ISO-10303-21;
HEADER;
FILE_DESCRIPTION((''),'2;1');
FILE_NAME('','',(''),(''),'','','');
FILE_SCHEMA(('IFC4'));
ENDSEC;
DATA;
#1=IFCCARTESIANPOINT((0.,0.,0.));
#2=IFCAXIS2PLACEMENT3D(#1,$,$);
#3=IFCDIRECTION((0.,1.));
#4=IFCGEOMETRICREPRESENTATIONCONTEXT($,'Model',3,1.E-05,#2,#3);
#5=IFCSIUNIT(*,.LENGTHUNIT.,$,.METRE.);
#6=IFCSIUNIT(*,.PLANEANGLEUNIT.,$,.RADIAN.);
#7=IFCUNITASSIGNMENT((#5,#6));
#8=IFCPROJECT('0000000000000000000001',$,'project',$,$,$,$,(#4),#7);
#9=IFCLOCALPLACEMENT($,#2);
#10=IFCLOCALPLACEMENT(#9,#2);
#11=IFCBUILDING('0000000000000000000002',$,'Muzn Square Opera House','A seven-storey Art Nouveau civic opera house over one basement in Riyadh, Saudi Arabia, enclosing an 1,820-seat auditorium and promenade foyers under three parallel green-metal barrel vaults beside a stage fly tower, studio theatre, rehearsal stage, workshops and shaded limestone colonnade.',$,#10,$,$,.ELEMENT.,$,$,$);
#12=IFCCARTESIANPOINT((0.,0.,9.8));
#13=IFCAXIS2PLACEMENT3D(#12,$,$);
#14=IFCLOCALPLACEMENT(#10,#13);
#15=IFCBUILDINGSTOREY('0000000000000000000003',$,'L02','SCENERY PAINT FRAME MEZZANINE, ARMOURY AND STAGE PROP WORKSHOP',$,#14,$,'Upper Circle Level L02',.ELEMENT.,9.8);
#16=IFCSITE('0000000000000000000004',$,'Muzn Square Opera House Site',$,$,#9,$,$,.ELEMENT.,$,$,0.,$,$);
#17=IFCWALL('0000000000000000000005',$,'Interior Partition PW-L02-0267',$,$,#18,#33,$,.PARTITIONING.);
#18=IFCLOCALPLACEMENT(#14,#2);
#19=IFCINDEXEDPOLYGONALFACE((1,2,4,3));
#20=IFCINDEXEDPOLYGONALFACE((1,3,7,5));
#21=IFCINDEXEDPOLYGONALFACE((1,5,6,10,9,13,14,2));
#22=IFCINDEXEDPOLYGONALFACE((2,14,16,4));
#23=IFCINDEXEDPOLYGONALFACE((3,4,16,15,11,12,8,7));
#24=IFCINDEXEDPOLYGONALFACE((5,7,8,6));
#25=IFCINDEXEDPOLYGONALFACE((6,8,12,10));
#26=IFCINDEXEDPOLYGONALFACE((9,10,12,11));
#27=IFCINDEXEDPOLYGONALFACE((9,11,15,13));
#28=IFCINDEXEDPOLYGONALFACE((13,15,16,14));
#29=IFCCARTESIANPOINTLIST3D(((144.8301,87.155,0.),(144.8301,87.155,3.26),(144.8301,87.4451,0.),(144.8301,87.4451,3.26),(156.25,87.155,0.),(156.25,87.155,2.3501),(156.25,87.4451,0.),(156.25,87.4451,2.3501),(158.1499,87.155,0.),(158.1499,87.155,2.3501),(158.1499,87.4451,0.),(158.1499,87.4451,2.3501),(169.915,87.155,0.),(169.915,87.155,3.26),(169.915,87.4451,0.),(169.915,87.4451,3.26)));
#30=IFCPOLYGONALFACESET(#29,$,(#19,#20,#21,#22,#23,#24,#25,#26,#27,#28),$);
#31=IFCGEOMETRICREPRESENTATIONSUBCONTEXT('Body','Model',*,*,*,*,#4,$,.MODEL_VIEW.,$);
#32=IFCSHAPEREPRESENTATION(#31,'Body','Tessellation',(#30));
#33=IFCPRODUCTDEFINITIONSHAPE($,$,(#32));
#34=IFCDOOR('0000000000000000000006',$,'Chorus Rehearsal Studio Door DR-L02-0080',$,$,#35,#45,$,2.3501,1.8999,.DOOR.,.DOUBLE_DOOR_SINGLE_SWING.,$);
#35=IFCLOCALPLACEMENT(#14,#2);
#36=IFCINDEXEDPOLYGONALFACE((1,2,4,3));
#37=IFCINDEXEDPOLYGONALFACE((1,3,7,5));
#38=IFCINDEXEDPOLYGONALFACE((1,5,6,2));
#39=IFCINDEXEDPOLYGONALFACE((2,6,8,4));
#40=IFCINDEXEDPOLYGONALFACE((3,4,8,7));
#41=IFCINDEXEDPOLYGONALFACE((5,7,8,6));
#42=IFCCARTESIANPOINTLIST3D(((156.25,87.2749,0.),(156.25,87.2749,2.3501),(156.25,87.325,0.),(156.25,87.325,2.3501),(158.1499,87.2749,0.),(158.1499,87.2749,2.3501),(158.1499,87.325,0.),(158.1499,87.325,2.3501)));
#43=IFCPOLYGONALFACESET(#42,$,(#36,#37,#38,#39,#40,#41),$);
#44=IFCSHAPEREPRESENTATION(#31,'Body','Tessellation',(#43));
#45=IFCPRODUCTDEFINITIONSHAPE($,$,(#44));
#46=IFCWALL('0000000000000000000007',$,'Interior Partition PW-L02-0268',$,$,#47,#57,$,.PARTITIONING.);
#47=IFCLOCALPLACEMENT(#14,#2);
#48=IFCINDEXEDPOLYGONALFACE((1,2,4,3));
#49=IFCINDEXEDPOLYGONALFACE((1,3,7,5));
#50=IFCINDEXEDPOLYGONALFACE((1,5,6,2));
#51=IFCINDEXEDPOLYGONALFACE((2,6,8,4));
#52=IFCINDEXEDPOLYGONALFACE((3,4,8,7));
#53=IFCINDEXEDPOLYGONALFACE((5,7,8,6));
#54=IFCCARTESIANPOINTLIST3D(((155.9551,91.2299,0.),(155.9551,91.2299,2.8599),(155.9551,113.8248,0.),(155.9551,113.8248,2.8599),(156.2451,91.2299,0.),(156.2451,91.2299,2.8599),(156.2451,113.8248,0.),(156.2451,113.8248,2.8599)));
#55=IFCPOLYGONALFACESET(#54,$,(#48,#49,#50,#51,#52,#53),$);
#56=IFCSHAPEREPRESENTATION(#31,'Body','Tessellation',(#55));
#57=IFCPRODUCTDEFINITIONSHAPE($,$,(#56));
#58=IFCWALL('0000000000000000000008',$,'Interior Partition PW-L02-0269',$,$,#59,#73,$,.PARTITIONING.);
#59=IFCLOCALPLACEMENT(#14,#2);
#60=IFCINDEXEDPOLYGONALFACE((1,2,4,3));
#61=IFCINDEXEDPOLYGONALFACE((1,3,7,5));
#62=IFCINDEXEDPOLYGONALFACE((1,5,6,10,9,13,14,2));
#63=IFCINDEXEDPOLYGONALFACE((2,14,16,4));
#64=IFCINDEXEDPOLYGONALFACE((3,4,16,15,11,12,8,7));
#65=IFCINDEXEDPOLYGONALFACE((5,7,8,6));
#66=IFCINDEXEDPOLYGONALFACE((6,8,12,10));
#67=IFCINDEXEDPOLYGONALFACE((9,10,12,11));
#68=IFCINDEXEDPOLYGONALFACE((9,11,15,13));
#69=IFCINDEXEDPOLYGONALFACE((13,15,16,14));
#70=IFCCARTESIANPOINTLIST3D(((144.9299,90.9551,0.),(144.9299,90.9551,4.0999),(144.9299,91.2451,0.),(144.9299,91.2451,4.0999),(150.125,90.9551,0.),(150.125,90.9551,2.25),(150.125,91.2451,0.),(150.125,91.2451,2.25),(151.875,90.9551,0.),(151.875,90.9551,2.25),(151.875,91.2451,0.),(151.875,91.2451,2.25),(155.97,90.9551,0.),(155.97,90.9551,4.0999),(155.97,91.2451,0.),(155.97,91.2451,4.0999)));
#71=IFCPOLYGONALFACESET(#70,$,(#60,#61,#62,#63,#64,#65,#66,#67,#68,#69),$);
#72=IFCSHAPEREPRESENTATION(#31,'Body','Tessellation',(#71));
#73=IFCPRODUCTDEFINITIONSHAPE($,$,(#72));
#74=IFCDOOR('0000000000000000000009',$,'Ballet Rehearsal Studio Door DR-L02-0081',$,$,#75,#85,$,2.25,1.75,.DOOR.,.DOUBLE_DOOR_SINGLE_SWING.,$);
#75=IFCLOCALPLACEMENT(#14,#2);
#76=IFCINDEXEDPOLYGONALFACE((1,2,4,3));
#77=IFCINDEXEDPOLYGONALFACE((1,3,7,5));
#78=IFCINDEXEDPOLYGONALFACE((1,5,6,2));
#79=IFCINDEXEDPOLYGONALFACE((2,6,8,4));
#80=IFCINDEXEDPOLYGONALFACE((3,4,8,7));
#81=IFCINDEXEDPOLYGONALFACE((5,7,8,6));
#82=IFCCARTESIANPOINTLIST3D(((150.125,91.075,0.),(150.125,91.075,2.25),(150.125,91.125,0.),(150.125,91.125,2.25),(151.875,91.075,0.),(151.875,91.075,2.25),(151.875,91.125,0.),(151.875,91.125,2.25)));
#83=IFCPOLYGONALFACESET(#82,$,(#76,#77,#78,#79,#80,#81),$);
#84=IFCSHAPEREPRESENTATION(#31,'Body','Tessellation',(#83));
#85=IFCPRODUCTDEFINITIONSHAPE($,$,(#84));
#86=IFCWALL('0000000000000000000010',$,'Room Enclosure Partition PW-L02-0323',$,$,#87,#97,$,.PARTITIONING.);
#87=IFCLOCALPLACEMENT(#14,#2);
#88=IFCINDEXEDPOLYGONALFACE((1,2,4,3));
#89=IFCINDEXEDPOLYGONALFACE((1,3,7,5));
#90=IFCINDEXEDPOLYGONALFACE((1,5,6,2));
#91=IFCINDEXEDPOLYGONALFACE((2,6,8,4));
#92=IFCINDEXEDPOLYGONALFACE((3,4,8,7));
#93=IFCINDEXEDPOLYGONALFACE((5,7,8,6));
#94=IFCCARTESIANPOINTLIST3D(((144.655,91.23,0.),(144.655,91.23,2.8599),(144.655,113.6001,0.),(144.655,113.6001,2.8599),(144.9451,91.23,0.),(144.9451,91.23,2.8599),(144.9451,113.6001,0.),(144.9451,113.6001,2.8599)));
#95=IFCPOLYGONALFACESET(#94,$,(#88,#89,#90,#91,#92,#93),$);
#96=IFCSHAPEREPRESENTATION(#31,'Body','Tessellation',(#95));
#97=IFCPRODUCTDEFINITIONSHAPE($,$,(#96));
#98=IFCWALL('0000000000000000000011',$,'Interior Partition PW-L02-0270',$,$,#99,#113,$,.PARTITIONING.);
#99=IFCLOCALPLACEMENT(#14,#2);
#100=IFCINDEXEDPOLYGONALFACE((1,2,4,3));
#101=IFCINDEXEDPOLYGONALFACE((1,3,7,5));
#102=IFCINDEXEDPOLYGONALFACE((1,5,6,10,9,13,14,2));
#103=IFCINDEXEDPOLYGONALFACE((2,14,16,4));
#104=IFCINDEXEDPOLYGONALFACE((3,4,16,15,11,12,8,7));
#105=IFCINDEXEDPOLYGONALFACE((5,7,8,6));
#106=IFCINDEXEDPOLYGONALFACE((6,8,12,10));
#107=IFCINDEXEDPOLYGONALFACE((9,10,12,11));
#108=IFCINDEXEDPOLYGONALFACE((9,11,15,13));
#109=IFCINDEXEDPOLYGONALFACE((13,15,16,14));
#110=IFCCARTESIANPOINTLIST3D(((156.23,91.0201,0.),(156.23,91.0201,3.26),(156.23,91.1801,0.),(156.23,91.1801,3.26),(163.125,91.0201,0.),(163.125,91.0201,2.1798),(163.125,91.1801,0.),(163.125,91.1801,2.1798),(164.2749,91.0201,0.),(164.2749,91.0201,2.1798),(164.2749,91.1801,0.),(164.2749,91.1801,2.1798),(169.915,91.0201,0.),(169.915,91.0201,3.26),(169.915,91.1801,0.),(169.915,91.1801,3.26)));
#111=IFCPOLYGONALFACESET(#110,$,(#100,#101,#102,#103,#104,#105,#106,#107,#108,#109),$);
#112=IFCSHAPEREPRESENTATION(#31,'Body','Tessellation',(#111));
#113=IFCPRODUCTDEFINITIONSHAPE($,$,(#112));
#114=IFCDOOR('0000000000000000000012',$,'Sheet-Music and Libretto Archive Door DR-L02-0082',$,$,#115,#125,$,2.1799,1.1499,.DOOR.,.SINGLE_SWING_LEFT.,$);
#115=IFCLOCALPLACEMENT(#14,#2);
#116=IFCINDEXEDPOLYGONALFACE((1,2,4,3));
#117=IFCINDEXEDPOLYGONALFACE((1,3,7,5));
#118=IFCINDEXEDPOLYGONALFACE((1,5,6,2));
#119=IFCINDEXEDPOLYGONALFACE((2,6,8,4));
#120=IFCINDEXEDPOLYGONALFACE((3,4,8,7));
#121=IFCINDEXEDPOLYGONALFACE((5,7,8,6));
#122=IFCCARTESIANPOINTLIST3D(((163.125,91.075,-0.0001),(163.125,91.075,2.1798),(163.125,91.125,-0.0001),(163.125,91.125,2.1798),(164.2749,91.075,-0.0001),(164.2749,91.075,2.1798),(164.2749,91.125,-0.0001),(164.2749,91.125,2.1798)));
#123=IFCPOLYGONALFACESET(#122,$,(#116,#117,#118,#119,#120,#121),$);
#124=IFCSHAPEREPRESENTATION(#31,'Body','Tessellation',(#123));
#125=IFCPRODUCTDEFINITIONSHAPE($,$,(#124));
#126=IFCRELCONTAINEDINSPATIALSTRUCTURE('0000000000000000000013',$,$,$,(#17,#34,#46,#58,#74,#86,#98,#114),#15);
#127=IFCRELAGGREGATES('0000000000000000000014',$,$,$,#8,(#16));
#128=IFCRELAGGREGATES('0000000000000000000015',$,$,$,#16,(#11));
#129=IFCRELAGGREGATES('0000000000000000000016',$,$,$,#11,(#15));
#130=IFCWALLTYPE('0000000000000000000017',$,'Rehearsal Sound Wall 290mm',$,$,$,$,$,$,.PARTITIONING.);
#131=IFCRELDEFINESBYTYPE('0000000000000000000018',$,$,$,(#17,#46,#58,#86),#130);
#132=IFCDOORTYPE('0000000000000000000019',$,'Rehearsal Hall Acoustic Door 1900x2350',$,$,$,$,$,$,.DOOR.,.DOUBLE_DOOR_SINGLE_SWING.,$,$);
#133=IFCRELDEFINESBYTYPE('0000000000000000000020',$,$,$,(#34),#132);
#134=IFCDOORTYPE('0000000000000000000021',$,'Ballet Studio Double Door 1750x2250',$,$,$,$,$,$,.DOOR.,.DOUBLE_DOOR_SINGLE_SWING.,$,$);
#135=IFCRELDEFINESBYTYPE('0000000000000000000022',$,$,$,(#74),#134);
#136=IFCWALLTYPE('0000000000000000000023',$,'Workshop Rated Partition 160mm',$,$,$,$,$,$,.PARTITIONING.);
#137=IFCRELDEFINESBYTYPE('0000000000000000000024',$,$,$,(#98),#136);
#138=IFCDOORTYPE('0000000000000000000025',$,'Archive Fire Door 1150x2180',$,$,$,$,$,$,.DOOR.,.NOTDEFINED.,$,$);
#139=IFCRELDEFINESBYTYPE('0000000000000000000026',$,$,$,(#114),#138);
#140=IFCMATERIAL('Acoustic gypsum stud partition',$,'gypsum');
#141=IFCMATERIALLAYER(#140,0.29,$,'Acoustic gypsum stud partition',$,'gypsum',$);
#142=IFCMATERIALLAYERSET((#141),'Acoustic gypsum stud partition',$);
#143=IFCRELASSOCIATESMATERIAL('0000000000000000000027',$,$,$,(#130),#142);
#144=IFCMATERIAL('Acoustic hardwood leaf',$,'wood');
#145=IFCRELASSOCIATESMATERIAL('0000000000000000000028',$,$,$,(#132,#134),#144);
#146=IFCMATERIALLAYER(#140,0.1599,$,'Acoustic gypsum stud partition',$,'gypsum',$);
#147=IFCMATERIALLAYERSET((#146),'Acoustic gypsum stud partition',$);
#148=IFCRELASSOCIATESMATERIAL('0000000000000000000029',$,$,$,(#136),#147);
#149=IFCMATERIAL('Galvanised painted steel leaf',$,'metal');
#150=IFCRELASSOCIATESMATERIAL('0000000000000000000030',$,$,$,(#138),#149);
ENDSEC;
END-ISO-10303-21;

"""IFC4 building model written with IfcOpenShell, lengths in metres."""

from ifc_helpers import new_model, si_unit, direction, frame, frame_2d, origin, place, context, subcontext, project, spatial, rectangle, extrude, material, layer, layer_set, type_object, element, fill, save


model = new_model("IFC4")

# Units and contexts
model_context = context("Model", 3, precision=1e-05, world=origin(), true_north=direction((0.0, 1.0)))
body_context = subcontext(model_context, "Body", "Model", "MODEL_VIEW")
ifc_project = project(units=[si_unit("LENGTHUNIT", "METRE"), si_unit("PLANEANGLEUNIT", "RADIAN")], contexts=[model_context])

# Site, building, storey
site_placement = place(None, origin())
site = spatial("IfcSite", under=ifc_project, at=site_placement, Name="Muzn Square Opera House Site", CompositionType="ELEMENT", RefElevation=0.0)
building_placement = place(site_placement, origin())
building = spatial("IfcBuilding", under=site, at=building_placement, Name="Muzn Square Opera House", Description="A seven-storey Art Nouveau civic opera house over one basement in Riyadh, Saudi Arabia, enclosing an 1,820-seat auditorium and promenade foyers under three parallel green-metal barrel vaults beside a stage fly tower, studio theatre, rehearsal stage, workshops and shaded limestone colonnade.", CompositionType="ELEMENT")
storey_placement = place(building_placement, frame((0.0, 0.0, 9.8)))
storey = spatial("IfcBuildingStorey", under=building, at=storey_placement, Name="L02", Description="SCENERY PAINT FRAME MEZZANINE, ARMOURY AND STAGE PROP WORKSHOP", LongName="Upper Circle Level L02", CompositionType="ELEMENT", Elevation=9.8)

# Wall, opening, door
ifc_material_1 = material(Name="Acoustic gypsum stud partition", Category="gypsum")
ifc_layer_1 = layer(ifc_material_1, 0.29, Name="Acoustic gypsum stud partition", Category="gypsum")
ifc_layer_set_1 = layer_set([ifc_layer_1], Name="Acoustic gypsum stud partition")
wall_type_1 = type_object("IfcWallType", Name="Rehearsal Sound Wall 290mm", PredefinedType="PARTITIONING", material=ifc_layer_set_1)
ifc_material_2 = material(Name="Acoustic hardwood leaf", Category="wood")
door_type_1 = type_object("IfcDoorType", Name="Rehearsal Hall Acoustic Door 1900x2350", OperationType="DOUBLE_DOOR_SINGLE_SWING", PredefinedType="DOOR", material=ifc_material_2)
wall_1_placement = place(storey_placement, frame((144.8301, 87.3, 0.0), z_axis=(0.0, 0.0, 1.0), x_axis=(1.0, 0.0, 0.0)))
wall_1 = element("IfcWall", 1, at=wall_1_placement, inside=storey, type_object=wall_type_1, Name="Interior Partition PW-L02-0267", PredefinedType="PARTITIONING", context=body_context, shape_type="SweptSolid", body=[
    extrude(rectangle(XDim=25.085, YDim=0.29, at=frame_2d((12.5425, 0.0))), origin(), (0.0, 0.0, 1.0), 3.26),
])
opening_1_placement = place(wall_1_placement, frame((11.4199, 0.0, 0.0)))
opening_1 = element("IfcOpeningElement", 2, at=opening_1_placement, cuts=wall_1, PredefinedType="OPENING", context=body_context, shape_type="SweptSolid", body=[
    extrude(rectangle(XDim=1.8999, YDim=2.3501, at=frame_2d((0.95, 1.175))), frame((0.0, 0.155, 0.0), z_axis=(0.0, -1.0, 0.0), x_axis=(1.0, 0.0, 0.0)), (0.0, 0.0, 1.0), 0.3101),
])
door_1_placement = place(opening_1_placement, origin())
door_1 = element("IfcDoor", 3, at=door_1_placement, inside=storey, type_object=door_type_1, Name="Chorus Rehearsal Studio Door DR-L02-0080", OperationType="DOUBLE_DOOR_SINGLE_SWING", OverallHeight=2.3501, OverallWidth=1.8999, PredefinedType="DOOR", context=body_context, shape_type="SweptSolid", body=[
    extrude(rectangle(XDim=1.8999, YDim=2.3501, at=frame_2d((0.95, 1.175))), frame((0.0, 0.0249, 0.0), z_axis=(0.0, -1.0, 0.0), x_axis=(1.0, 0.0, 0.0)), (0.0, 0.0, 1.0), 0.05),
])
fill(opening_1, door_1)

# Wall
wall_2_placement = place(storey_placement, frame((156.1001, 91.23, 0.0), z_axis=(0.0, 0.0, 1.0), x_axis=(0.0, 1.0, 0.0)))
element("IfcWall", 4, at=wall_2_placement, inside=storey, type_object=wall_type_1, Name="Interior Partition PW-L02-0268", PredefinedType="PARTITIONING", context=body_context, shape_type="SweptSolid", body=[
    extrude(rectangle(XDim=22.595, YDim=0.29, at=frame_2d((11.2974, 0.0))), origin(), (0.0, 0.0, 1.0), 2.8599),
])

# Wall, opening, door
wall_3_placement = place(storey_placement, frame((144.9299, 91.1001, 0.0), z_axis=(0.0, 0.0, 1.0), x_axis=(1.0, 0.0, 0.0)))
wall_3 = element("IfcWall", 5, at=wall_3_placement, inside=storey, type_object=wall_type_1, Name="Interior Partition PW-L02-0269", PredefinedType="PARTITIONING", context=body_context, shape_type="SweptSolid", body=[
    extrude(rectangle(XDim=11.04, YDim=0.29, at=frame_2d((5.52, 0.0))), origin(), (0.0, 0.0, 1.0), 4.0999),
])
opening_2_placement = place(wall_3_placement, frame((5.1951, 0.0, 0.0)))
opening_2 = element("IfcOpeningElement", 6, at=opening_2_placement, cuts=wall_3, PredefinedType="OPENING", context=body_context, shape_type="SweptSolid", body=[
    extrude(rectangle(XDim=1.75, YDim=2.25, at=frame_2d((0.875, 1.125))), frame((0.0, 0.155, 0.0), z_axis=(0.0, -1.0, 0.0), x_axis=(1.0, 0.0, 0.0)), (0.0, 0.0, 1.0), 0.3101),
])
door_type_2 = type_object("IfcDoorType", Name="Ballet Studio Double Door 1750x2250", OperationType="DOUBLE_DOOR_SINGLE_SWING", PredefinedType="DOOR", material=ifc_material_2)
door_2_placement = place(opening_2_placement, origin())
door_2 = element("IfcDoor", 7, at=door_2_placement, inside=storey, type_object=door_type_2, Name="Ballet Rehearsal Studio Door DR-L02-0081", OperationType="DOUBLE_DOOR_SINGLE_SWING", OverallHeight=2.25, OverallWidth=1.75, PredefinedType="DOOR", context=body_context, shape_type="SweptSolid", body=[
    extrude(rectangle(XDim=1.75, YDim=2.25, at=frame_2d((0.875, 1.125))), frame((0.0, 0.0249, 0.0), z_axis=(0.0, -1.0, 0.0), x_axis=(1.0, 0.0, 0.0)), (0.0, 0.0, 1.0), 0.05),
])
fill(opening_2, door_2)

# Wall
wall_4_placement = place(storey_placement, frame((144.8, 91.23, 0.0), z_axis=(0.0, 0.0, 1.0), x_axis=(0.0, 1.0, 0.0)))
element("IfcWall", 8, at=wall_4_placement, inside=storey, type_object=wall_type_1, Name="Room Enclosure Partition PW-L02-0323", PredefinedType="PARTITIONING", context=body_context, shape_type="SweptSolid", body=[
    extrude(rectangle(XDim=22.3701, YDim=0.29, at=frame_2d((11.1851, 0.0))), origin(), (0.0, 0.0, 1.0), 2.8599),
])

# Wall, opening, door
ifc_layer_2 = layer(ifc_material_1, 0.1599, Name="Acoustic gypsum stud partition", Category="gypsum")
ifc_layer_set_2 = layer_set([ifc_layer_2], Name="Acoustic gypsum stud partition")
wall_type_2 = type_object("IfcWallType", Name="Workshop Rated Partition 160mm", PredefinedType="PARTITIONING", material=ifc_layer_set_2)
wall_5_placement = place(storey_placement, frame((156.23, 91.1001, 0.0), z_axis=(0.0, 0.0, 1.0), x_axis=(1.0, 0.0, 0.0)))
wall_5 = element("IfcWall", 9, at=wall_5_placement, inside=storey, type_object=wall_type_2, Name="Interior Partition PW-L02-0270", PredefinedType="PARTITIONING", context=body_context, shape_type="SweptSolid", body=[
    extrude(rectangle(XDim=13.6851, YDim=0.1599, at=frame_2d((6.8425, 0.0))), origin(), (0.0, 0.0, 1.0), 3.26),
])
opening_3_placement = place(wall_5_placement, frame((6.895, 0.0, 0.0)))
opening_3 = element("IfcOpeningElement", 10, at=opening_3_placement, cuts=wall_5, PredefinedType="OPENING", context=body_context, shape_type="SweptSolid", body=[
    extrude(rectangle(XDim=1.1499, YDim=2.1799, at=frame_2d((0.575, 1.0898))), frame((0.0, 0.0898, 0.0), z_axis=(0.0, -1.0, 0.0), x_axis=(1.0, 0.0, 0.0)), (0.0, 0.0, 1.0), 0.1799),
])
ifc_material_3 = material(Name="Galvanised painted steel leaf", Category="metal")
door_type_3 = type_object("IfcDoorType", Name="Archive Fire Door 1150x2180", OperationType="NOTDEFINED", PredefinedType="DOOR", material=ifc_material_3)
door_3_placement = place(opening_3_placement, origin())
door_3 = element("IfcDoor", 11, at=door_3_placement, inside=storey, type_object=door_type_3, Name="Sheet-Music and Libretto Archive Door DR-L02-0082", OperationType="SINGLE_SWING_LEFT", OverallHeight=2.1799, OverallWidth=1.1499, PredefinedType="DOOR", context=body_context, shape_type="SweptSolid", body=[
    extrude(rectangle(XDim=1.1499, YDim=2.1799, at=frame_2d((0.575, 1.0898))), frame((0.0, 0.0249, 0.0), z_axis=(0.0, -1.0, 0.0), x_axis=(1.0, 0.0, 0.0)), (0.0, 0.0, 1.0), 0.05),
])
fill(opening_3, door_3)

save(model, "model.ifc")
